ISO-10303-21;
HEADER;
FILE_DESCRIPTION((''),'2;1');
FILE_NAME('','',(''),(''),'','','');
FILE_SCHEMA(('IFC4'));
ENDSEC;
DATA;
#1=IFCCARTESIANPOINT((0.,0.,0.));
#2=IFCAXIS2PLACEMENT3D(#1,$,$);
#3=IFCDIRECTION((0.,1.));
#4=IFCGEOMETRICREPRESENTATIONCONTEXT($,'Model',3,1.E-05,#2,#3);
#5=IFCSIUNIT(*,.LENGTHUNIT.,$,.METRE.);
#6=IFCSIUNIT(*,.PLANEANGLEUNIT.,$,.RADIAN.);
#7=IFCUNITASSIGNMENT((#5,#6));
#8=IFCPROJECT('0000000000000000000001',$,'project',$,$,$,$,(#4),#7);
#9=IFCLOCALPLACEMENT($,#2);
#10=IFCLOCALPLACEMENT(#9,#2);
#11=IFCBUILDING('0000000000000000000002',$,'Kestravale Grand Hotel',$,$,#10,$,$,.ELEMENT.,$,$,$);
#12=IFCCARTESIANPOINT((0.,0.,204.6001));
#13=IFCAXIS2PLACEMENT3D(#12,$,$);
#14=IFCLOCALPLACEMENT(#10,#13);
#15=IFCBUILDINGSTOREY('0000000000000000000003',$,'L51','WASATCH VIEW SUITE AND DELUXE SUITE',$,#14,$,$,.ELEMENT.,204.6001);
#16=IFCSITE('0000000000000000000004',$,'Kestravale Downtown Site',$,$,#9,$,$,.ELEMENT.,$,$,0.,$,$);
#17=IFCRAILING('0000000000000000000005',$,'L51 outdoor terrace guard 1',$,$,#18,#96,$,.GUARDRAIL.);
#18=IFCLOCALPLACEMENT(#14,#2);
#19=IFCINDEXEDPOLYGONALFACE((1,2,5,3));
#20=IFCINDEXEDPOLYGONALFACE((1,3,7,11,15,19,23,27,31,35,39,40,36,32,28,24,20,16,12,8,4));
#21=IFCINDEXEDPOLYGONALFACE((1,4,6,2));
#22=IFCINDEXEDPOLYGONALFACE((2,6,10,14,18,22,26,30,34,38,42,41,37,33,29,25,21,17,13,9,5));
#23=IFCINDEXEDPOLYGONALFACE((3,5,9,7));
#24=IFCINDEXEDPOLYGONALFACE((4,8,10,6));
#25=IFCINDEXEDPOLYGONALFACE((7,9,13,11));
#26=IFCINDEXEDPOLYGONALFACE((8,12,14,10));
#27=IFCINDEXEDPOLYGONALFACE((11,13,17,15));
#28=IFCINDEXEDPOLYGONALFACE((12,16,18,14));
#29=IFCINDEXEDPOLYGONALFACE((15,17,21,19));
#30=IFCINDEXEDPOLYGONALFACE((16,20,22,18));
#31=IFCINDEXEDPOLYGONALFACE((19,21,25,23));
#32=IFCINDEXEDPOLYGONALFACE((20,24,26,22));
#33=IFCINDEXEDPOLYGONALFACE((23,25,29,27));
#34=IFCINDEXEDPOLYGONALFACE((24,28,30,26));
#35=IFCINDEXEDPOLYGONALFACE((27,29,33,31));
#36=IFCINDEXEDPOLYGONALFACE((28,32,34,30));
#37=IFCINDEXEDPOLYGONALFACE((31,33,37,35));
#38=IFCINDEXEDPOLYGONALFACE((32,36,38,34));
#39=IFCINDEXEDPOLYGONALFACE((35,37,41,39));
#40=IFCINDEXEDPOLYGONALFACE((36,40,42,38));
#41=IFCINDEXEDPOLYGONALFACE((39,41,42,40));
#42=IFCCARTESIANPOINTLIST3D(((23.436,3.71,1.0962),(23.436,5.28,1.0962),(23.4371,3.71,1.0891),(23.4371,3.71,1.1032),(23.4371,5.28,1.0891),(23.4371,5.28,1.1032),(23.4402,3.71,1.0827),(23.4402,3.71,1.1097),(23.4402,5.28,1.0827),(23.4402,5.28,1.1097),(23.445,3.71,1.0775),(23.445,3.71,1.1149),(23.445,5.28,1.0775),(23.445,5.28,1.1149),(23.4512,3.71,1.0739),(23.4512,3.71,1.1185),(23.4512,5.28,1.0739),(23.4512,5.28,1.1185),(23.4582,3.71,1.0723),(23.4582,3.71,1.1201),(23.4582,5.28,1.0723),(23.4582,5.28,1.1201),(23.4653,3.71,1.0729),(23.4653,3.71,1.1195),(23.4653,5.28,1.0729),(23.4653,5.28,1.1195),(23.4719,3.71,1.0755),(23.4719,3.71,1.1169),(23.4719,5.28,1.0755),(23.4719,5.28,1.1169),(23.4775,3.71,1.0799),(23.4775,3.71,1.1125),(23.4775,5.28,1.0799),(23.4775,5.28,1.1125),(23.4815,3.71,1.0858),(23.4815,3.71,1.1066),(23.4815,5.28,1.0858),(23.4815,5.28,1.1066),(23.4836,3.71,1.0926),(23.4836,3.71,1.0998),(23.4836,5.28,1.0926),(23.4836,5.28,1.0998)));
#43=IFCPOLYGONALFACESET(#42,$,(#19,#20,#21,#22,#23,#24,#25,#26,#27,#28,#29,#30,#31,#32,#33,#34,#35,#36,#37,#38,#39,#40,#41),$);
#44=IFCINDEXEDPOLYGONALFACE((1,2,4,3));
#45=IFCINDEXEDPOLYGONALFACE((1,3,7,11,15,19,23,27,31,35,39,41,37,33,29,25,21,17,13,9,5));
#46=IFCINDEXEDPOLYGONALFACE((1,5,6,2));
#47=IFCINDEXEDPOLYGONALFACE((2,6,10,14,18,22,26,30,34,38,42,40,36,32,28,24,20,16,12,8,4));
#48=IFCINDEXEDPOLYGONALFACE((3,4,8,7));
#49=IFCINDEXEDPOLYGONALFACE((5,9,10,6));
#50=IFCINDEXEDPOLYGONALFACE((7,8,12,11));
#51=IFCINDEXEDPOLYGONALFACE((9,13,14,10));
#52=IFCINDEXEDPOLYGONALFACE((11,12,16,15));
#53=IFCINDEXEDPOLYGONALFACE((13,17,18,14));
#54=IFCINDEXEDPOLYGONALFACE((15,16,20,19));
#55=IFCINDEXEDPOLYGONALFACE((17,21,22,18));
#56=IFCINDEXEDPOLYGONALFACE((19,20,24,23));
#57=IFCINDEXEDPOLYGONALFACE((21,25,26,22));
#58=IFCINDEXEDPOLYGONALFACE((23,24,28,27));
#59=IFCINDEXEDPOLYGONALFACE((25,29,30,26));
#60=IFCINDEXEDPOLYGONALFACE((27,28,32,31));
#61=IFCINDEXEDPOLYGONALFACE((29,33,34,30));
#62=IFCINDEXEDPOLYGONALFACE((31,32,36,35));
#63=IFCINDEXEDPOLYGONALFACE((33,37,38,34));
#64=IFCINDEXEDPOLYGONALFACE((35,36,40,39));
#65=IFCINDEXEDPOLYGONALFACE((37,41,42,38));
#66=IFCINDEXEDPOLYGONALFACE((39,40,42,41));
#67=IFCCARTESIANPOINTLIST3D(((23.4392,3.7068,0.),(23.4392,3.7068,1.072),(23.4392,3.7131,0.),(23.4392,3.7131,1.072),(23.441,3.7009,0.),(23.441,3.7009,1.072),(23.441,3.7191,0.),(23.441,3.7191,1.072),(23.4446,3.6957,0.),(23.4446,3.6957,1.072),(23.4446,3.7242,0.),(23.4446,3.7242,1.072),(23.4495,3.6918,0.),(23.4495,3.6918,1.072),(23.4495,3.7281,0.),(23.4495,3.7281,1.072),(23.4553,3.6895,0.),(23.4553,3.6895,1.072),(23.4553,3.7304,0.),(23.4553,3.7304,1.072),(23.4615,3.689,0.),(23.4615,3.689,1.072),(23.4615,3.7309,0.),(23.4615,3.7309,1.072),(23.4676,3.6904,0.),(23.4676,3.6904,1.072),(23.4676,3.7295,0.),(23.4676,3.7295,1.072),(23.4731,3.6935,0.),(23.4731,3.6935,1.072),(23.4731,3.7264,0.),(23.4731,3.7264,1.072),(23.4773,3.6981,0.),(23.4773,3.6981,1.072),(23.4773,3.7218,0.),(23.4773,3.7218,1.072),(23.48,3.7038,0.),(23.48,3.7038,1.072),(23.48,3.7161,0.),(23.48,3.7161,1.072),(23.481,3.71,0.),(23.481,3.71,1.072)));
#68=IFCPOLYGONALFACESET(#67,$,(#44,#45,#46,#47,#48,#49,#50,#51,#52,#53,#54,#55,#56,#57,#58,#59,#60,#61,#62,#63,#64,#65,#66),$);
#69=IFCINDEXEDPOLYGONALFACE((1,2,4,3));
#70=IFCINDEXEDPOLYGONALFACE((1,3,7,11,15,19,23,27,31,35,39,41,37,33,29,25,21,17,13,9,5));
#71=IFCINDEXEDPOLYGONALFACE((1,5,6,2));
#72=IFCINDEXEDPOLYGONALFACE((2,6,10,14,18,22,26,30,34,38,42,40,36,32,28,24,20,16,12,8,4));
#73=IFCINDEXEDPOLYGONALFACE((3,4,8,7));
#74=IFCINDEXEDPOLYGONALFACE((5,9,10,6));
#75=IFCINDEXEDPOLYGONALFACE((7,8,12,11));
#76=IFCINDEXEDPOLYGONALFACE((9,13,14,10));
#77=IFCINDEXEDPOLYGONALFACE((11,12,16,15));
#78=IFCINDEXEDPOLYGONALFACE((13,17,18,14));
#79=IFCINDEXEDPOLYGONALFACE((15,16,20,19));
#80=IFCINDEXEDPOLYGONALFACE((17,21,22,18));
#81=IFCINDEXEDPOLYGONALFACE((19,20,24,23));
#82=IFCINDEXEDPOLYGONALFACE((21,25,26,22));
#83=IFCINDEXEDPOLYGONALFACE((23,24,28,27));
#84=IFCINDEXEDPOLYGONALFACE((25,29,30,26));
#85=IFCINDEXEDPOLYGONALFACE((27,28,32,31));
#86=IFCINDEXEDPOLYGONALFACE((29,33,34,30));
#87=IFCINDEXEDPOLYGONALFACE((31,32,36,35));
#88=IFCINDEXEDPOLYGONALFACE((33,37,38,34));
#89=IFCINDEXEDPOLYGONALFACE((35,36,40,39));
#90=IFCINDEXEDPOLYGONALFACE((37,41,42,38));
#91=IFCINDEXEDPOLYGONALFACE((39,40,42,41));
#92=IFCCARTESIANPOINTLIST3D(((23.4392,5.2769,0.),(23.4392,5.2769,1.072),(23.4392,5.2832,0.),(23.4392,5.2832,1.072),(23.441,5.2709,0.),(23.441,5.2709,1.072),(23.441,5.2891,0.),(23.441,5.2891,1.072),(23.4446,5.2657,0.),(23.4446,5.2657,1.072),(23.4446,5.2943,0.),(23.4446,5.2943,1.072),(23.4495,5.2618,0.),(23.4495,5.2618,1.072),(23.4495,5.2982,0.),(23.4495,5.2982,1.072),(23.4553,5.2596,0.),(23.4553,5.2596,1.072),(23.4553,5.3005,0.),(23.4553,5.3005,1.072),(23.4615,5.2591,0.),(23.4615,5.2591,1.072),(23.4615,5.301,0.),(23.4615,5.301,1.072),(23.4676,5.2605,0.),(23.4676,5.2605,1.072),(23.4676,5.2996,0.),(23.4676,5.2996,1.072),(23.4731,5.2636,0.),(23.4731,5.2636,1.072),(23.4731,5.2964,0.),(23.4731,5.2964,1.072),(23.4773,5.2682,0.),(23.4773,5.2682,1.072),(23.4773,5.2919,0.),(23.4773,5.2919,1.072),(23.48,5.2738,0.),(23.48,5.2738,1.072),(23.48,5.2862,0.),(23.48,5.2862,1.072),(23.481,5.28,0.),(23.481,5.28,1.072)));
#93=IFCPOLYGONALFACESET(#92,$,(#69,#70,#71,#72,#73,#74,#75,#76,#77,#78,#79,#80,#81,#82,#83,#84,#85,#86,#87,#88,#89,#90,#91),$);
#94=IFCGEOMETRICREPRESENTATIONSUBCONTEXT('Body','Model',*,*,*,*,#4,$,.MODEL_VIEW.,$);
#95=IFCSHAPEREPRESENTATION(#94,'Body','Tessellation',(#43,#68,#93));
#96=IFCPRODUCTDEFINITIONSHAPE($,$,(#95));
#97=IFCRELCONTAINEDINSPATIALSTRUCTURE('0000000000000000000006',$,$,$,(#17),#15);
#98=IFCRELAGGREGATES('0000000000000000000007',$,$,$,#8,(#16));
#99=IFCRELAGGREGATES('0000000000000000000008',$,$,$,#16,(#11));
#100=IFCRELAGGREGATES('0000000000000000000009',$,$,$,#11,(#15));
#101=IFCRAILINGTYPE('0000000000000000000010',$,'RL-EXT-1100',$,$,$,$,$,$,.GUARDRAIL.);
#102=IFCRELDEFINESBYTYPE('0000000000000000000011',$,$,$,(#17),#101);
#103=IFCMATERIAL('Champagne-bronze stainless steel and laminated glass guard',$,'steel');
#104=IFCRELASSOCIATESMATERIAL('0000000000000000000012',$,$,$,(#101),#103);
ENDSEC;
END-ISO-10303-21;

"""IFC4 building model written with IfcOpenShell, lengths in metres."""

from ifc_helpers import new_model, si_unit, direction, frame, origin, origin_2d, place, context, subcontext, project, spatial, circle, extrude, material, type_object, element, save


model = new_model("IFC4")

# Units and contexts
model_context = context("Model", 3, precision=1e-05, world=origin(), true_north=direction((0.0, 1.0)))
body_context = subcontext(model_context, "Body", "Model", "MODEL_VIEW")
ifc_project = project(units=[si_unit("LENGTHUNIT", "METRE"), si_unit("PLANEANGLEUNIT", "RADIAN")], contexts=[model_context])

# Site, building, storey
site_placement = place(None, origin())
site = spatial("IfcSite", under=ifc_project, at=site_placement, Name="Kestravale Downtown Site", CompositionType="ELEMENT", RefElevation=0.0)
building_placement = place(site_placement, origin())
building = spatial("IfcBuilding", under=site, at=building_placement, Name="Kestravale Grand Hotel", CompositionType="ELEMENT")
storey_placement = place(building_placement, frame((0.0, 0.0, 204.6001)))
storey = spatial("IfcBuildingStorey", under=building, at=storey_placement, Name="L51", Description="WASATCH VIEW SUITE AND DELUXE SUITE", CompositionType="ELEMENT", Elevation=204.6001)

# Railing
ifc_material_1 = material(Name="Champagne-bronze stainless steel and laminated glass guard", Category="steel")
railing_type = type_object("IfcRailingType", Name="RL-EXT-1100", PredefinedType="GUARDRAIL", material=ifc_material_1)
railing_1_placement = place(storey_placement, frame((23.46, 3.71, 0.0)))
element("IfcRailing", 1, at=railing_1_placement, inside=storey, type_object=railing_type, Name="L51 outdoor terrace guard 1", PredefinedType="GUARDRAIL", context=body_context, shape_type="SweptSolid", body=[
    extrude(circle(Radius=0.0239, at=origin_2d()), frame((0.0, 0.0, 1.0962), z_axis=(0.0, 1.0, 0.0), x_axis=(-1.0, 0.0, 0.0)), (0.0, 0.0, 1.0), 1.5701),
    extrude(circle(Radius=0.021, at=origin_2d()), origin(), (0.0, 0.0, 1.0), 1.072),
    extrude(circle(Radius=0.021, at=origin_2d()), frame((0.0, 1.5701, 0.0)), (0.0, 0.0, 1.0), 1.072),
])

save(model, "model.ifc")
